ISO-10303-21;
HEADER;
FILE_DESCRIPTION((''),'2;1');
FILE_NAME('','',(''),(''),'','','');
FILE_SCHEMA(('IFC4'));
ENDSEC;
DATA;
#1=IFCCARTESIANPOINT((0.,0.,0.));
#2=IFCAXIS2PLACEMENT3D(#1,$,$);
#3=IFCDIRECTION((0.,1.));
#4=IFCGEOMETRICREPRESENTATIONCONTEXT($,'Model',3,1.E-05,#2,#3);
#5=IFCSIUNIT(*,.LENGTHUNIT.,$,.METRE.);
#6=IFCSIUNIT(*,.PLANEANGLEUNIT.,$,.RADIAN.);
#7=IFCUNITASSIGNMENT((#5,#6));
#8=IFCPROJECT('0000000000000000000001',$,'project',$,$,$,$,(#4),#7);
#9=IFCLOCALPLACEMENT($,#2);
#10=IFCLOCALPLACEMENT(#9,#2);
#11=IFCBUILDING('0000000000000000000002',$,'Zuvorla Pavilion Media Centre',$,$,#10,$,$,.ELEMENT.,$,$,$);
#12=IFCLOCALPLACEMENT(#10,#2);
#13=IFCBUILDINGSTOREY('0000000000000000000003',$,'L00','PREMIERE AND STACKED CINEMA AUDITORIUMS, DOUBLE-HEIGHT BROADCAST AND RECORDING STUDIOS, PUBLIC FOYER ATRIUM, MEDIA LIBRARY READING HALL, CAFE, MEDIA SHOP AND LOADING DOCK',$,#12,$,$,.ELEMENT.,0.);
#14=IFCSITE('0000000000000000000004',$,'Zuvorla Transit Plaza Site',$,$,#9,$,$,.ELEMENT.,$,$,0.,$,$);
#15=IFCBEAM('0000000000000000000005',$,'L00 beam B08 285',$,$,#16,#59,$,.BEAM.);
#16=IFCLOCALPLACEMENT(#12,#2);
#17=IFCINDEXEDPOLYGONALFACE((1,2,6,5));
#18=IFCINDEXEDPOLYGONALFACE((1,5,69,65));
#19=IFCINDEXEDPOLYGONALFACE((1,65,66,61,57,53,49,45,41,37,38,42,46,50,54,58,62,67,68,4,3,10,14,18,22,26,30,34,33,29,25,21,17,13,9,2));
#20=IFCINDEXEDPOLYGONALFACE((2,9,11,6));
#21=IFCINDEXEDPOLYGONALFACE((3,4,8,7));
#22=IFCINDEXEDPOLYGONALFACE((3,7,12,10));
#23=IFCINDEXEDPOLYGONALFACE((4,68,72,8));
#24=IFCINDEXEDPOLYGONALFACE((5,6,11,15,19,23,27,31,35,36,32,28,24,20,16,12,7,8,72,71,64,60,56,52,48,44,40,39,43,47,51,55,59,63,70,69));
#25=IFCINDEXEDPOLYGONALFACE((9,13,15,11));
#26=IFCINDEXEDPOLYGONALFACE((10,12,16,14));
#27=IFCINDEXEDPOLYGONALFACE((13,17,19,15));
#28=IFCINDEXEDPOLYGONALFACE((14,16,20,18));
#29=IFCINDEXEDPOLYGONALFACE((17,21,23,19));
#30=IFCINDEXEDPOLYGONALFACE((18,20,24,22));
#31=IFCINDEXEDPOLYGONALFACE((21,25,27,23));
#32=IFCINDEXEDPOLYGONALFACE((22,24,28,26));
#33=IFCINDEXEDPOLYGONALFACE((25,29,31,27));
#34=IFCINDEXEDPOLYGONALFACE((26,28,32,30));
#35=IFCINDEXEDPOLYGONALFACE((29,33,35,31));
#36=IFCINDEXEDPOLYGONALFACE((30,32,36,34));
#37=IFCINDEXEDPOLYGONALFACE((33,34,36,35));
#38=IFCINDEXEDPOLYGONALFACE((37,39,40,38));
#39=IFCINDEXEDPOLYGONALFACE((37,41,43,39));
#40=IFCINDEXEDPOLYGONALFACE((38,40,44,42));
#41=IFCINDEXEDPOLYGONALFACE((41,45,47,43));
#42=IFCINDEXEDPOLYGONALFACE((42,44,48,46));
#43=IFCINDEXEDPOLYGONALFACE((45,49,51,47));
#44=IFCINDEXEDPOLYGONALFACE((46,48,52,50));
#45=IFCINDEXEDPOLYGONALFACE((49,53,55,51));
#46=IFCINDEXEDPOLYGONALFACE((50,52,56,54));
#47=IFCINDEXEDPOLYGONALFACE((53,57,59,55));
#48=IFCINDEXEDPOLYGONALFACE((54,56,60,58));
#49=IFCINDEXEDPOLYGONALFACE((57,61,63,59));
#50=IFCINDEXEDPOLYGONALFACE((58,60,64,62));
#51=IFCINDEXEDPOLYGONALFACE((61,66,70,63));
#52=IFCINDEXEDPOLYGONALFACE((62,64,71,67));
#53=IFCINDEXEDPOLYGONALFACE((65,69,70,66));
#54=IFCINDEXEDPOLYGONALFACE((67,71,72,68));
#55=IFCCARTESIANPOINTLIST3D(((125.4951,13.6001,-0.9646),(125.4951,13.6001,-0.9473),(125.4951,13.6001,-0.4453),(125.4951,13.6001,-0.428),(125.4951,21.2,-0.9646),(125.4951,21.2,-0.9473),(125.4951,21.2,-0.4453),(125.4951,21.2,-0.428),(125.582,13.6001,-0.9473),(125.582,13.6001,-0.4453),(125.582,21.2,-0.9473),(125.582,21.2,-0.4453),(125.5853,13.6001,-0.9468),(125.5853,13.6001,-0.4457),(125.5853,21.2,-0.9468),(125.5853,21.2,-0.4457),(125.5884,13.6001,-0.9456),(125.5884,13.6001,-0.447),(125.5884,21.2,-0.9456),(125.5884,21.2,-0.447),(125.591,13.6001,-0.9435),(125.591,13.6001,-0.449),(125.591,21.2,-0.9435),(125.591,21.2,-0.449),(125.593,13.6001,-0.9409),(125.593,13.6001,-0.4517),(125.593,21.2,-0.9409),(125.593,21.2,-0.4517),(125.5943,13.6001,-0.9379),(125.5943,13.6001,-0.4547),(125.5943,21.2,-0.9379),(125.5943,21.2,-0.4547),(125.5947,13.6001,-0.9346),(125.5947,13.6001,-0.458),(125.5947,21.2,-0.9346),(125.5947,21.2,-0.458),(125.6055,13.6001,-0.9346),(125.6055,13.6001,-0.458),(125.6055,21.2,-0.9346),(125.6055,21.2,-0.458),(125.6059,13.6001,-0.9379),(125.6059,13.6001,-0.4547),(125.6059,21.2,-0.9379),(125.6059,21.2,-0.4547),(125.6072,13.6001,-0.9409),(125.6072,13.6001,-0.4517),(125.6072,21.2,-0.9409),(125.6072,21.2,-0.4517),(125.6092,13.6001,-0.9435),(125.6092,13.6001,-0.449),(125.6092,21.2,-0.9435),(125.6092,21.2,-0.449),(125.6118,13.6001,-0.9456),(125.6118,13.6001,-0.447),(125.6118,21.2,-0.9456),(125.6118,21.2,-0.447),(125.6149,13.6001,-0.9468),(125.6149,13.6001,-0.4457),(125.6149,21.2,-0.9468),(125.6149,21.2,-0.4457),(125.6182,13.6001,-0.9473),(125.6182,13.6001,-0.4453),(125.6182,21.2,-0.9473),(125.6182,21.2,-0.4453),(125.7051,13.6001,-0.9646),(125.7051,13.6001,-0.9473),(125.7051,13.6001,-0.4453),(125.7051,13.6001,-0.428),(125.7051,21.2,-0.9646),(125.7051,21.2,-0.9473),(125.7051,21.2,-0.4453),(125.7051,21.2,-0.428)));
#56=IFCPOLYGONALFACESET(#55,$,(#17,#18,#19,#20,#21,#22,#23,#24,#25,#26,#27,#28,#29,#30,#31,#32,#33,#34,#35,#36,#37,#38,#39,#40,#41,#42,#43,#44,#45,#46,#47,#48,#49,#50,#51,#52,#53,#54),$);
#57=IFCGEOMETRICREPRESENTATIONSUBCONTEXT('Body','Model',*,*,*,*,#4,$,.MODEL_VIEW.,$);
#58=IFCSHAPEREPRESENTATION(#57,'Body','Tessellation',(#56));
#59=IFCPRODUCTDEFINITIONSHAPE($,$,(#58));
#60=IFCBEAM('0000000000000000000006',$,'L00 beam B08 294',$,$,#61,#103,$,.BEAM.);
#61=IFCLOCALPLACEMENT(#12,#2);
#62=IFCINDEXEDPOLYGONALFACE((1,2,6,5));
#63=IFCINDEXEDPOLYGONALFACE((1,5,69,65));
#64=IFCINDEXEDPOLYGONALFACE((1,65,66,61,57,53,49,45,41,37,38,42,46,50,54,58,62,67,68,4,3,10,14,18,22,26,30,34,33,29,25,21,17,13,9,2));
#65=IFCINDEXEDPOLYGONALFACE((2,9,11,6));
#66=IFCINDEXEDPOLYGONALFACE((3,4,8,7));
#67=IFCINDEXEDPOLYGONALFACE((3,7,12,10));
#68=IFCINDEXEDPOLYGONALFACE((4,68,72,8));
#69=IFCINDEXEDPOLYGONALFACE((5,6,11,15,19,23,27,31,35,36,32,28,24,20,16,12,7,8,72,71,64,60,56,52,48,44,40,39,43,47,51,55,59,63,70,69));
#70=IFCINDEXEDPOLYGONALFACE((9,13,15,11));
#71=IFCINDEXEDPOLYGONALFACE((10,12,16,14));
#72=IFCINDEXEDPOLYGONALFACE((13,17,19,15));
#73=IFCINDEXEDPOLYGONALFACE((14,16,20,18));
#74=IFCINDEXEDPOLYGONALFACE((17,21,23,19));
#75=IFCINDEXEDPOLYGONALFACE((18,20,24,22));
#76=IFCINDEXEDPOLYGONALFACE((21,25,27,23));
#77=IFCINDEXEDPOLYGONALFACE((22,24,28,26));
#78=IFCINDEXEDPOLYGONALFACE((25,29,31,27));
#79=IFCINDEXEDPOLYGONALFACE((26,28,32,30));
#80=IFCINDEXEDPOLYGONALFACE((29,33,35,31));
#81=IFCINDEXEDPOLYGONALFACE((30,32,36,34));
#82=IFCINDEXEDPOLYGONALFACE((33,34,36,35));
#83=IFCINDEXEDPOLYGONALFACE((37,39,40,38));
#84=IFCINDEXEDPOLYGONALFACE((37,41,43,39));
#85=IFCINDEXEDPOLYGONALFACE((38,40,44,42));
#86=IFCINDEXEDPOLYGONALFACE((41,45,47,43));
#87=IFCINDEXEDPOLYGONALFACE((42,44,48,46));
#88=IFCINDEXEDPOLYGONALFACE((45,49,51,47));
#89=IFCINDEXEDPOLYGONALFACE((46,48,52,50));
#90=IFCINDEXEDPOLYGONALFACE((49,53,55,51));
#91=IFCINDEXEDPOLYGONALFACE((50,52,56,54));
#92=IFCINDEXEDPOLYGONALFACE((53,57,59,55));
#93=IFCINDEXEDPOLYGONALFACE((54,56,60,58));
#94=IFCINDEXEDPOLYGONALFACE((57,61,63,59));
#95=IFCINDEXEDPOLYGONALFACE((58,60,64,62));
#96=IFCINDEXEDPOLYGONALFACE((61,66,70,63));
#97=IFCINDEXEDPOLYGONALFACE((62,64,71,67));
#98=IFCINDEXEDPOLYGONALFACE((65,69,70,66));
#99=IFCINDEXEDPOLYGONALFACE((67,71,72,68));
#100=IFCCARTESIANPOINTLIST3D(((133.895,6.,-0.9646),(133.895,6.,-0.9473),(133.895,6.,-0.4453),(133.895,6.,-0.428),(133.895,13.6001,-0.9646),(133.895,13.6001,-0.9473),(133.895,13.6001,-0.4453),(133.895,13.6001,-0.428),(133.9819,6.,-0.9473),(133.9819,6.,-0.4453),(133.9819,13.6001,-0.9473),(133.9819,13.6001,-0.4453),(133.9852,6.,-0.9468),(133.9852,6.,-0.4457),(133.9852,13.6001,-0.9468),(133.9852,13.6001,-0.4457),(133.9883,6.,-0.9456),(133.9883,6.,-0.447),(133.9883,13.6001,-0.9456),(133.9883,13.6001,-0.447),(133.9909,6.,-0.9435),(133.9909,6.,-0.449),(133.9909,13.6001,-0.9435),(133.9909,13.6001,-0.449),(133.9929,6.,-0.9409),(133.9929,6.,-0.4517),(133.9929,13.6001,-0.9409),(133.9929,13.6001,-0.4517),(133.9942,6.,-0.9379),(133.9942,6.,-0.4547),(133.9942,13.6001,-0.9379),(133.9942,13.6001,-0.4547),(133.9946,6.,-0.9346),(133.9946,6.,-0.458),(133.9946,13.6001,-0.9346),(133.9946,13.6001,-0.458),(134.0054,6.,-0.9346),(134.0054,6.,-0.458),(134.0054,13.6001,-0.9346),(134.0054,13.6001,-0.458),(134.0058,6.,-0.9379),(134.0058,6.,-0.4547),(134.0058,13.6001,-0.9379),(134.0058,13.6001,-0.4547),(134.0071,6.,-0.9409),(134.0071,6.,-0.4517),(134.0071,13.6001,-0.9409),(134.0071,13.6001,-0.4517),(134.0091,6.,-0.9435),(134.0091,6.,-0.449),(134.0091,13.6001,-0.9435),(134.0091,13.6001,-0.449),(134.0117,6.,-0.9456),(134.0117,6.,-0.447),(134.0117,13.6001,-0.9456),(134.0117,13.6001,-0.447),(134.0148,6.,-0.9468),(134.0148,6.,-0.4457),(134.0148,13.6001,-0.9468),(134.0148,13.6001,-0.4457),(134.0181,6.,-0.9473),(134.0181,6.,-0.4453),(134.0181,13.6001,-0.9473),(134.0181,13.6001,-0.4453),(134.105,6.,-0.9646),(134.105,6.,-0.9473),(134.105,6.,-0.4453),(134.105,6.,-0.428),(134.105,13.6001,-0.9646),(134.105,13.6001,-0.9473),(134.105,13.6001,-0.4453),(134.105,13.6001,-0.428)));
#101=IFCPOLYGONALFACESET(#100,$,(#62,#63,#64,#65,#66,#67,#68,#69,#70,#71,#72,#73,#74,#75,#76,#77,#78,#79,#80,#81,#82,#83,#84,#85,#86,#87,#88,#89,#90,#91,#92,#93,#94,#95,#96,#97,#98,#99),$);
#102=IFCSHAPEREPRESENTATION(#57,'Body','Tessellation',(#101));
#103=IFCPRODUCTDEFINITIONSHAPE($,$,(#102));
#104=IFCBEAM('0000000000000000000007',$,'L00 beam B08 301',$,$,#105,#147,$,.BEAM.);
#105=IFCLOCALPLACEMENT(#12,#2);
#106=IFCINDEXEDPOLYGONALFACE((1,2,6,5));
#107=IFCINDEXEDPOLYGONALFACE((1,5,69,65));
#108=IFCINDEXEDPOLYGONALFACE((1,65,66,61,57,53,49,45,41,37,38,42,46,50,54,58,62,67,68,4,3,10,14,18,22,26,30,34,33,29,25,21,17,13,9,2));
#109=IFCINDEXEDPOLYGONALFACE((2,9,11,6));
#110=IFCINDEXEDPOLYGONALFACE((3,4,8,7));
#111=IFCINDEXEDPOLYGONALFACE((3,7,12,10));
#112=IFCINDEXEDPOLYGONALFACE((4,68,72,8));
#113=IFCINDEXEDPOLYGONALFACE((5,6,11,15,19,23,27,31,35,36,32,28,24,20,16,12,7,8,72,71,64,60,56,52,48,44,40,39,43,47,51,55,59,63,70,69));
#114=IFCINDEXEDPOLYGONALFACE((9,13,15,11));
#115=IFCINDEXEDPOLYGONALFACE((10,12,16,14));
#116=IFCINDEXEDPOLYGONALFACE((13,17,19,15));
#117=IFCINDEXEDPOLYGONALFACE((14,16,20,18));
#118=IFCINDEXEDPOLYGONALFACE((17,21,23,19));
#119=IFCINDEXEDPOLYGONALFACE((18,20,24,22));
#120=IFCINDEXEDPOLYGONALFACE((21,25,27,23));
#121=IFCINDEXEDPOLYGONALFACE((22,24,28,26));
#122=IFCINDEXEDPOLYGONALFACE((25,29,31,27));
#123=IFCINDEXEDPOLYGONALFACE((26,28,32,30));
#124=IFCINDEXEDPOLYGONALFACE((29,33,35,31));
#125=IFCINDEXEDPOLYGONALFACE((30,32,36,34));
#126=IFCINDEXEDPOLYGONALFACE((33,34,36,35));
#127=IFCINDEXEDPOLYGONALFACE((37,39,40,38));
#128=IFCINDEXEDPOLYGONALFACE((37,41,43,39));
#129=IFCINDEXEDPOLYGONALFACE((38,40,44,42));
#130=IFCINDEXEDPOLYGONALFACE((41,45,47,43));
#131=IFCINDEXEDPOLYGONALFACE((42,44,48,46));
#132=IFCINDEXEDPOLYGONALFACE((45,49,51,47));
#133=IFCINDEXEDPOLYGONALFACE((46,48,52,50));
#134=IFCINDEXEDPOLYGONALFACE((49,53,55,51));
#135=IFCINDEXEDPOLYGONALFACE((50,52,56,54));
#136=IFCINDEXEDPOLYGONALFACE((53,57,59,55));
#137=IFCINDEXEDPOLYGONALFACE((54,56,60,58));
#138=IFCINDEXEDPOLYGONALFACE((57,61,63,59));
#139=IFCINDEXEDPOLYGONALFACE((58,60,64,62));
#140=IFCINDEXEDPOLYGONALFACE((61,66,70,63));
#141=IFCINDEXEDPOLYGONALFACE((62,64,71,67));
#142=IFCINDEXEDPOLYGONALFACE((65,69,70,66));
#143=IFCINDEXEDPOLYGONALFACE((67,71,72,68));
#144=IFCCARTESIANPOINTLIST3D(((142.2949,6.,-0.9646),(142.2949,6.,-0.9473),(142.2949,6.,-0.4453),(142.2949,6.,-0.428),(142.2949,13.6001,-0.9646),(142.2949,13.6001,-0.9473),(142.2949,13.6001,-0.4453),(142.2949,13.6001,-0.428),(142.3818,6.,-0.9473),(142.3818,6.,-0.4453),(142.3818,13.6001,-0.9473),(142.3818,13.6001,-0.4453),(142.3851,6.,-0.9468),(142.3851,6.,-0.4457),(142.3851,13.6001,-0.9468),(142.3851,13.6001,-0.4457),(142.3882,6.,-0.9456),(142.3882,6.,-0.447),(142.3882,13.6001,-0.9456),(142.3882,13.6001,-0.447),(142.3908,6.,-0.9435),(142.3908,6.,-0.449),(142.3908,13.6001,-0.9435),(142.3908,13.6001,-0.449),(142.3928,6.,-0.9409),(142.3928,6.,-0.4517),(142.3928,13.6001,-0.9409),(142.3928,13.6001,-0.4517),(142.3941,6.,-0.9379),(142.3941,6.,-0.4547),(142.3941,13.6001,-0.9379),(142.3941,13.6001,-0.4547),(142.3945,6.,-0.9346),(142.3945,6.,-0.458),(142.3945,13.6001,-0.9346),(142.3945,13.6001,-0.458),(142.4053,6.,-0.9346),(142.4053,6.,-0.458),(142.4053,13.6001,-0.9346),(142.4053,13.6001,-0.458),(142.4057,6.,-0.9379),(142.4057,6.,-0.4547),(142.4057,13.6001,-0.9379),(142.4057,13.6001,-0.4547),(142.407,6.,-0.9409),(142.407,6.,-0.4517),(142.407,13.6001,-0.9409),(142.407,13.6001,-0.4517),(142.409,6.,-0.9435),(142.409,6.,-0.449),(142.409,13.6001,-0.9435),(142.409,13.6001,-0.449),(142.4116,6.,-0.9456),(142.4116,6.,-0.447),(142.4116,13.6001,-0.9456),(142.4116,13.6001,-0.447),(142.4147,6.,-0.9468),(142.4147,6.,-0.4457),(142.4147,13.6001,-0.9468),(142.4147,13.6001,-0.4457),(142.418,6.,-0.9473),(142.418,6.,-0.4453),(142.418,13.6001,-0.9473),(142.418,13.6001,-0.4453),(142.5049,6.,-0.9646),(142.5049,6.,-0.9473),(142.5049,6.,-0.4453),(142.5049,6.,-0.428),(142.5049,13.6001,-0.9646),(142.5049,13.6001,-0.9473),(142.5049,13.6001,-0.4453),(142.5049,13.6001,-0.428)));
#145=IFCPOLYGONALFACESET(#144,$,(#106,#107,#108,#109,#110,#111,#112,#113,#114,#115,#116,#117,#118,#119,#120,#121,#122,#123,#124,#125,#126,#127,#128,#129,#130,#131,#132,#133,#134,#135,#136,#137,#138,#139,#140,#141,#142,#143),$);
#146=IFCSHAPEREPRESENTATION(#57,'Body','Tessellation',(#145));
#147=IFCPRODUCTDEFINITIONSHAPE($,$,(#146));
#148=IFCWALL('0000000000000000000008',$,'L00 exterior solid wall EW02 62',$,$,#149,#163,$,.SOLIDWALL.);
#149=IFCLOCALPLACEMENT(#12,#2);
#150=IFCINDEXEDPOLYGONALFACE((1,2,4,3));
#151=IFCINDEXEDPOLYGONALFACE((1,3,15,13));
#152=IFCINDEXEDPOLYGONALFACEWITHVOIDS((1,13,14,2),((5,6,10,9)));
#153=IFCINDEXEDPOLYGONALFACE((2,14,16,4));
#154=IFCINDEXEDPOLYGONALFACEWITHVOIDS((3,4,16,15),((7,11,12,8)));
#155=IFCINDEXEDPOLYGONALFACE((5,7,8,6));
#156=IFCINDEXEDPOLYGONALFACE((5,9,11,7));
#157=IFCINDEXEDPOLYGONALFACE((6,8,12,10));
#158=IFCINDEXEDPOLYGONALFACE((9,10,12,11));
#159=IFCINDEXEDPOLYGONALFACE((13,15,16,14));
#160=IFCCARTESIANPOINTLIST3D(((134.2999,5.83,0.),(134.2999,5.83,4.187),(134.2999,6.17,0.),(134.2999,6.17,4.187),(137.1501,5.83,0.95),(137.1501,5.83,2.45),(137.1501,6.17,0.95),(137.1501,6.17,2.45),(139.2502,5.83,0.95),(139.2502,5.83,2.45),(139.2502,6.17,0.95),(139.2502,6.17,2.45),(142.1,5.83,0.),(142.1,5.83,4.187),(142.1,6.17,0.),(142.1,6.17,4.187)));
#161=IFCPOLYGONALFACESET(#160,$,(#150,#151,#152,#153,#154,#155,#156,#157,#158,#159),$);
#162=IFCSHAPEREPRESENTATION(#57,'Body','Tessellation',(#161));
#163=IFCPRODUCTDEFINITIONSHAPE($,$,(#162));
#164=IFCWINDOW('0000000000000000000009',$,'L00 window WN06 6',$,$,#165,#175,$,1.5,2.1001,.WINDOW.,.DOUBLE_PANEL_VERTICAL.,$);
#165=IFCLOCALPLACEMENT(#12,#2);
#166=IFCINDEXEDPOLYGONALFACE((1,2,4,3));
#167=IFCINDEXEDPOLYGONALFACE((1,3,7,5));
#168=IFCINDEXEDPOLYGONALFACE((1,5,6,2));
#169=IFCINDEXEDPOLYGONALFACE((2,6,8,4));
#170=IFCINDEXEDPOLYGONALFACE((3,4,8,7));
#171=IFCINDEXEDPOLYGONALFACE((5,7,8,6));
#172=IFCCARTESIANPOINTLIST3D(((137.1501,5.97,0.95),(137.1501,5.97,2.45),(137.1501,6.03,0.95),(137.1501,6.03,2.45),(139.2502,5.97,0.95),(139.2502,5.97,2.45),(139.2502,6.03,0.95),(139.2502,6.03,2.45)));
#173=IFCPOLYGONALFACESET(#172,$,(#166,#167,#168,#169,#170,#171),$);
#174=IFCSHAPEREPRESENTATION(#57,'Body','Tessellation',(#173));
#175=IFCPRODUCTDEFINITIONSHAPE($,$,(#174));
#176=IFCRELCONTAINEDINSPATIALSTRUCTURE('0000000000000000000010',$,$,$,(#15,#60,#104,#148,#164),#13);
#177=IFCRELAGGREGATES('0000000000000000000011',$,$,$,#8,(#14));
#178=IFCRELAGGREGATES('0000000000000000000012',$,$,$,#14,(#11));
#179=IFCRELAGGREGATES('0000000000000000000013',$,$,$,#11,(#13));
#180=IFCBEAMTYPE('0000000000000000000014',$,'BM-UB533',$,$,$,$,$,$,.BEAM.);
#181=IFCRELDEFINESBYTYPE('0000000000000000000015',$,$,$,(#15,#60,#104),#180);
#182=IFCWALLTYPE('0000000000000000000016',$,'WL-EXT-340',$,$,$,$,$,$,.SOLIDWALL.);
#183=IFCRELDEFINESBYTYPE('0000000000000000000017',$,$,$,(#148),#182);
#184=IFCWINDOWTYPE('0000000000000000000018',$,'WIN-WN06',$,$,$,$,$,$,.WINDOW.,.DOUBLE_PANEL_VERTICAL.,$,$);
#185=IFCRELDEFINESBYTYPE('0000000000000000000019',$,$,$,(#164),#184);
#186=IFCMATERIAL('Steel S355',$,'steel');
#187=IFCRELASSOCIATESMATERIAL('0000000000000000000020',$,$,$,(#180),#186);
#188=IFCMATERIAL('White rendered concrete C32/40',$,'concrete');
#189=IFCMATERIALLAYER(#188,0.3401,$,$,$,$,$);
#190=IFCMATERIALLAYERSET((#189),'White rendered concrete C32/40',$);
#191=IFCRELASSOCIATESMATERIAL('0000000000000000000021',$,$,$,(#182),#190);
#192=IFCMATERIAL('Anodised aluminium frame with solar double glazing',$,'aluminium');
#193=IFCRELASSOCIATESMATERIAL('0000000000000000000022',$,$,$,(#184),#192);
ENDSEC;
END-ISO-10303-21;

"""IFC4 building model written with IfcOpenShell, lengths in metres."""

from ifc_helpers import new_model, si_unit, direction, frame, frame_2d, origin, origin_2d, place, context, subcontext, project, spatial, rectangle, i_section, extrude, material, layer, layer_set, material_profile, profile_set, type_object, element, fill, save


model = new_model("IFC4")

# Units and contexts
model_context = context("Model", 3, precision=1e-05, world=origin(), true_north=direction((0.0, 1.0)))
body_context = subcontext(model_context, "Body", "Model", "MODEL_VIEW")
ifc_project = project(units=[si_unit("LENGTHUNIT", "METRE"), si_unit("PLANEANGLEUNIT", "RADIAN")], contexts=[model_context])

# Site, building, storey
site_placement = place(None, origin())
site = spatial("IfcSite", under=ifc_project, at=site_placement, Name="Zuvorla Transit Plaza Site", CompositionType="ELEMENT", RefElevation=0.0)
building_placement = place(site_placement, origin())
building = spatial("IfcBuilding", under=site, at=building_placement, Name="Zuvorla Pavilion Media Centre", CompositionType="ELEMENT")
storey_placement = place(building_placement, origin())
storey = spatial("IfcBuildingStorey", under=building, at=storey_placement, Name="L00", Description="PREMIERE AND STACKED CINEMA AUDITORIUMS, DOUBLE-HEIGHT BROADCAST AND RECORDING STUDIOS, PUBLIC FOYER ATRIUM, MEDIA LIBRARY READING HALL, CAFE, MEDIA SHOP AND LOADING DOCK", CompositionType="ELEMENT", Elevation=0.0)

# Beams
ifc_material_1 = material(Name="Steel S355", Category="steel")
ifc_material_profile_1 = material_profile(ifc_material_1, i_section(OverallWidth=0.21, OverallDepth=0.5366, WebThickness=0.0107, FlangeThickness=0.0173, FilletRadius=0.0127, at=origin_2d()), Name="UB 533x210x101")
ifc_profile_set_1 = profile_set([ifc_material_profile_1], Name="Steel S355")
beam_type_1 = type_object("IfcBeamType", Name="BM-UB533", PredefinedType="BEAM", material=ifc_profile_set_1)
beam_1_placement = place(storey_placement, frame((125.6001, 13.6001, -0.6963), z_axis=(0.0, 1.0, 0.0), x_axis=(-1.0, 0.0, 0.0)))
element("IfcBeam", 1, at=beam_1_placement, inside=storey, type_object=beam_type_1, Name="L00 beam B08 285", PredefinedType="BEAM", context=body_context, shape_type="SweptSolid", body=[
    extrude(i_section(OverallWidth=0.21, OverallDepth=0.5366, WebThickness=0.0107, FlangeThickness=0.0173, FilletRadius=0.0127, at=origin_2d()), origin(), (0.0, 0.0, 1.0), 7.5999),
])
for number, where, z_axis, x_axis, name in (
    (2, (134.0, 6.0, -0.6963), (0.0, 1.0, 0.0), (-1.0, 0.0, 0.0), "L00 beam B08 294"),
    (3, (142.3999, 6.0, -0.6963), (0.0, 1.0, 0.0), (-1.0, 0.0, 0.0), "L00 beam B08 301"),
):
    element("IfcBeam", number, at=place(storey_placement, frame(where, z_axis=z_axis, x_axis=x_axis)), inside=storey, type_object=beam_type_1, Name=name, PredefinedType="BEAM", context=body_context, shape_type="SweptSolid", body=[
        extrude(i_section(OverallWidth=0.21, OverallDepth=0.5366, WebThickness=0.0107, FlangeThickness=0.0173, FilletRadius=0.0127, at=origin_2d()), origin(), (0.0, 0.0, 1.0), 7.6001),
    ])

# Shared definitions
ifc_material_2 = material(Name="White rendered concrete C32/40", Category="concrete")
ifc_layer = layer(ifc_material_2, 0.3401)
ifc_layer_set = layer_set([ifc_layer], Name="White rendered concrete C32/40")
wall_type = type_object("IfcWallType", Name="WL-EXT-340", PredefinedType="SOLIDWALL", material=ifc_layer_set)

# Wall, opening, window
wall_1_placement = place(storey_placement, frame((134.3, 6.0, 0.0), z_axis=(0.0, 0.0, 1.0), x_axis=(1.0, 0.0, 0.0)))
wall_1 = element("IfcWall", 4, at=wall_1_placement, inside=storey, type_object=wall_type, Name="L00 exterior solid wall EW02 62", PredefinedType="SOLIDWALL", context=body_context, shape_type="SweptSolid", body=[
    extrude(rectangle(XDim=7.8, YDim=0.3401, at=frame_2d((3.8999, 0.0))), origin(), (0.0, 0.0, 1.0), 4.187),
])
opening_1_placement = place(wall_1_placement, frame((2.8501, 0.0, 0.95)))
opening_1 = element("IfcOpeningElement", 5, at=opening_1_placement, cuts=wall_1, PredefinedType="OPENING", context=body_context, shape_type="SweptSolid", body=[
    extrude(rectangle(XDim=2.1001, YDim=1.5, at=frame_2d((1.05, 0.75))), frame((0.0, 0.1799, 0.0), z_axis=(0.0, -1.0, 0.0), x_axis=(1.0, 0.0, 0.0)), (0.0, 0.0, 1.0), 0.3601),
])
ifc_material_3 = material(Name="Anodised aluminium frame with solar double glazing", Category="aluminium")
window_type = type_object("IfcWindowType", Name="WIN-WN06", PartitioningType="DOUBLE_PANEL_VERTICAL", PredefinedType="WINDOW", material=ifc_material_3)
window_placement = place(opening_1_placement, origin())
window = element("IfcWindow", 6, at=window_placement, inside=storey, type_object=window_type, Name="L00 window WN06 6", OverallHeight=1.5, OverallWidth=2.1001, PartitioningType="DOUBLE_PANEL_VERTICAL", PredefinedType="WINDOW", context=body_context, shape_type="SweptSolid", body=[
    extrude(rectangle(XDim=2.1001, YDim=1.5, at=frame_2d((1.05, 0.75))), frame((0.0, 0.03, 0.0), z_axis=(0.0, -1.0, 0.0), x_axis=(1.0, 0.0, 0.0)), (0.0, 0.0, 1.0), 0.0601),
])
fill(opening_1, window)

save(model, "model.ifc")
